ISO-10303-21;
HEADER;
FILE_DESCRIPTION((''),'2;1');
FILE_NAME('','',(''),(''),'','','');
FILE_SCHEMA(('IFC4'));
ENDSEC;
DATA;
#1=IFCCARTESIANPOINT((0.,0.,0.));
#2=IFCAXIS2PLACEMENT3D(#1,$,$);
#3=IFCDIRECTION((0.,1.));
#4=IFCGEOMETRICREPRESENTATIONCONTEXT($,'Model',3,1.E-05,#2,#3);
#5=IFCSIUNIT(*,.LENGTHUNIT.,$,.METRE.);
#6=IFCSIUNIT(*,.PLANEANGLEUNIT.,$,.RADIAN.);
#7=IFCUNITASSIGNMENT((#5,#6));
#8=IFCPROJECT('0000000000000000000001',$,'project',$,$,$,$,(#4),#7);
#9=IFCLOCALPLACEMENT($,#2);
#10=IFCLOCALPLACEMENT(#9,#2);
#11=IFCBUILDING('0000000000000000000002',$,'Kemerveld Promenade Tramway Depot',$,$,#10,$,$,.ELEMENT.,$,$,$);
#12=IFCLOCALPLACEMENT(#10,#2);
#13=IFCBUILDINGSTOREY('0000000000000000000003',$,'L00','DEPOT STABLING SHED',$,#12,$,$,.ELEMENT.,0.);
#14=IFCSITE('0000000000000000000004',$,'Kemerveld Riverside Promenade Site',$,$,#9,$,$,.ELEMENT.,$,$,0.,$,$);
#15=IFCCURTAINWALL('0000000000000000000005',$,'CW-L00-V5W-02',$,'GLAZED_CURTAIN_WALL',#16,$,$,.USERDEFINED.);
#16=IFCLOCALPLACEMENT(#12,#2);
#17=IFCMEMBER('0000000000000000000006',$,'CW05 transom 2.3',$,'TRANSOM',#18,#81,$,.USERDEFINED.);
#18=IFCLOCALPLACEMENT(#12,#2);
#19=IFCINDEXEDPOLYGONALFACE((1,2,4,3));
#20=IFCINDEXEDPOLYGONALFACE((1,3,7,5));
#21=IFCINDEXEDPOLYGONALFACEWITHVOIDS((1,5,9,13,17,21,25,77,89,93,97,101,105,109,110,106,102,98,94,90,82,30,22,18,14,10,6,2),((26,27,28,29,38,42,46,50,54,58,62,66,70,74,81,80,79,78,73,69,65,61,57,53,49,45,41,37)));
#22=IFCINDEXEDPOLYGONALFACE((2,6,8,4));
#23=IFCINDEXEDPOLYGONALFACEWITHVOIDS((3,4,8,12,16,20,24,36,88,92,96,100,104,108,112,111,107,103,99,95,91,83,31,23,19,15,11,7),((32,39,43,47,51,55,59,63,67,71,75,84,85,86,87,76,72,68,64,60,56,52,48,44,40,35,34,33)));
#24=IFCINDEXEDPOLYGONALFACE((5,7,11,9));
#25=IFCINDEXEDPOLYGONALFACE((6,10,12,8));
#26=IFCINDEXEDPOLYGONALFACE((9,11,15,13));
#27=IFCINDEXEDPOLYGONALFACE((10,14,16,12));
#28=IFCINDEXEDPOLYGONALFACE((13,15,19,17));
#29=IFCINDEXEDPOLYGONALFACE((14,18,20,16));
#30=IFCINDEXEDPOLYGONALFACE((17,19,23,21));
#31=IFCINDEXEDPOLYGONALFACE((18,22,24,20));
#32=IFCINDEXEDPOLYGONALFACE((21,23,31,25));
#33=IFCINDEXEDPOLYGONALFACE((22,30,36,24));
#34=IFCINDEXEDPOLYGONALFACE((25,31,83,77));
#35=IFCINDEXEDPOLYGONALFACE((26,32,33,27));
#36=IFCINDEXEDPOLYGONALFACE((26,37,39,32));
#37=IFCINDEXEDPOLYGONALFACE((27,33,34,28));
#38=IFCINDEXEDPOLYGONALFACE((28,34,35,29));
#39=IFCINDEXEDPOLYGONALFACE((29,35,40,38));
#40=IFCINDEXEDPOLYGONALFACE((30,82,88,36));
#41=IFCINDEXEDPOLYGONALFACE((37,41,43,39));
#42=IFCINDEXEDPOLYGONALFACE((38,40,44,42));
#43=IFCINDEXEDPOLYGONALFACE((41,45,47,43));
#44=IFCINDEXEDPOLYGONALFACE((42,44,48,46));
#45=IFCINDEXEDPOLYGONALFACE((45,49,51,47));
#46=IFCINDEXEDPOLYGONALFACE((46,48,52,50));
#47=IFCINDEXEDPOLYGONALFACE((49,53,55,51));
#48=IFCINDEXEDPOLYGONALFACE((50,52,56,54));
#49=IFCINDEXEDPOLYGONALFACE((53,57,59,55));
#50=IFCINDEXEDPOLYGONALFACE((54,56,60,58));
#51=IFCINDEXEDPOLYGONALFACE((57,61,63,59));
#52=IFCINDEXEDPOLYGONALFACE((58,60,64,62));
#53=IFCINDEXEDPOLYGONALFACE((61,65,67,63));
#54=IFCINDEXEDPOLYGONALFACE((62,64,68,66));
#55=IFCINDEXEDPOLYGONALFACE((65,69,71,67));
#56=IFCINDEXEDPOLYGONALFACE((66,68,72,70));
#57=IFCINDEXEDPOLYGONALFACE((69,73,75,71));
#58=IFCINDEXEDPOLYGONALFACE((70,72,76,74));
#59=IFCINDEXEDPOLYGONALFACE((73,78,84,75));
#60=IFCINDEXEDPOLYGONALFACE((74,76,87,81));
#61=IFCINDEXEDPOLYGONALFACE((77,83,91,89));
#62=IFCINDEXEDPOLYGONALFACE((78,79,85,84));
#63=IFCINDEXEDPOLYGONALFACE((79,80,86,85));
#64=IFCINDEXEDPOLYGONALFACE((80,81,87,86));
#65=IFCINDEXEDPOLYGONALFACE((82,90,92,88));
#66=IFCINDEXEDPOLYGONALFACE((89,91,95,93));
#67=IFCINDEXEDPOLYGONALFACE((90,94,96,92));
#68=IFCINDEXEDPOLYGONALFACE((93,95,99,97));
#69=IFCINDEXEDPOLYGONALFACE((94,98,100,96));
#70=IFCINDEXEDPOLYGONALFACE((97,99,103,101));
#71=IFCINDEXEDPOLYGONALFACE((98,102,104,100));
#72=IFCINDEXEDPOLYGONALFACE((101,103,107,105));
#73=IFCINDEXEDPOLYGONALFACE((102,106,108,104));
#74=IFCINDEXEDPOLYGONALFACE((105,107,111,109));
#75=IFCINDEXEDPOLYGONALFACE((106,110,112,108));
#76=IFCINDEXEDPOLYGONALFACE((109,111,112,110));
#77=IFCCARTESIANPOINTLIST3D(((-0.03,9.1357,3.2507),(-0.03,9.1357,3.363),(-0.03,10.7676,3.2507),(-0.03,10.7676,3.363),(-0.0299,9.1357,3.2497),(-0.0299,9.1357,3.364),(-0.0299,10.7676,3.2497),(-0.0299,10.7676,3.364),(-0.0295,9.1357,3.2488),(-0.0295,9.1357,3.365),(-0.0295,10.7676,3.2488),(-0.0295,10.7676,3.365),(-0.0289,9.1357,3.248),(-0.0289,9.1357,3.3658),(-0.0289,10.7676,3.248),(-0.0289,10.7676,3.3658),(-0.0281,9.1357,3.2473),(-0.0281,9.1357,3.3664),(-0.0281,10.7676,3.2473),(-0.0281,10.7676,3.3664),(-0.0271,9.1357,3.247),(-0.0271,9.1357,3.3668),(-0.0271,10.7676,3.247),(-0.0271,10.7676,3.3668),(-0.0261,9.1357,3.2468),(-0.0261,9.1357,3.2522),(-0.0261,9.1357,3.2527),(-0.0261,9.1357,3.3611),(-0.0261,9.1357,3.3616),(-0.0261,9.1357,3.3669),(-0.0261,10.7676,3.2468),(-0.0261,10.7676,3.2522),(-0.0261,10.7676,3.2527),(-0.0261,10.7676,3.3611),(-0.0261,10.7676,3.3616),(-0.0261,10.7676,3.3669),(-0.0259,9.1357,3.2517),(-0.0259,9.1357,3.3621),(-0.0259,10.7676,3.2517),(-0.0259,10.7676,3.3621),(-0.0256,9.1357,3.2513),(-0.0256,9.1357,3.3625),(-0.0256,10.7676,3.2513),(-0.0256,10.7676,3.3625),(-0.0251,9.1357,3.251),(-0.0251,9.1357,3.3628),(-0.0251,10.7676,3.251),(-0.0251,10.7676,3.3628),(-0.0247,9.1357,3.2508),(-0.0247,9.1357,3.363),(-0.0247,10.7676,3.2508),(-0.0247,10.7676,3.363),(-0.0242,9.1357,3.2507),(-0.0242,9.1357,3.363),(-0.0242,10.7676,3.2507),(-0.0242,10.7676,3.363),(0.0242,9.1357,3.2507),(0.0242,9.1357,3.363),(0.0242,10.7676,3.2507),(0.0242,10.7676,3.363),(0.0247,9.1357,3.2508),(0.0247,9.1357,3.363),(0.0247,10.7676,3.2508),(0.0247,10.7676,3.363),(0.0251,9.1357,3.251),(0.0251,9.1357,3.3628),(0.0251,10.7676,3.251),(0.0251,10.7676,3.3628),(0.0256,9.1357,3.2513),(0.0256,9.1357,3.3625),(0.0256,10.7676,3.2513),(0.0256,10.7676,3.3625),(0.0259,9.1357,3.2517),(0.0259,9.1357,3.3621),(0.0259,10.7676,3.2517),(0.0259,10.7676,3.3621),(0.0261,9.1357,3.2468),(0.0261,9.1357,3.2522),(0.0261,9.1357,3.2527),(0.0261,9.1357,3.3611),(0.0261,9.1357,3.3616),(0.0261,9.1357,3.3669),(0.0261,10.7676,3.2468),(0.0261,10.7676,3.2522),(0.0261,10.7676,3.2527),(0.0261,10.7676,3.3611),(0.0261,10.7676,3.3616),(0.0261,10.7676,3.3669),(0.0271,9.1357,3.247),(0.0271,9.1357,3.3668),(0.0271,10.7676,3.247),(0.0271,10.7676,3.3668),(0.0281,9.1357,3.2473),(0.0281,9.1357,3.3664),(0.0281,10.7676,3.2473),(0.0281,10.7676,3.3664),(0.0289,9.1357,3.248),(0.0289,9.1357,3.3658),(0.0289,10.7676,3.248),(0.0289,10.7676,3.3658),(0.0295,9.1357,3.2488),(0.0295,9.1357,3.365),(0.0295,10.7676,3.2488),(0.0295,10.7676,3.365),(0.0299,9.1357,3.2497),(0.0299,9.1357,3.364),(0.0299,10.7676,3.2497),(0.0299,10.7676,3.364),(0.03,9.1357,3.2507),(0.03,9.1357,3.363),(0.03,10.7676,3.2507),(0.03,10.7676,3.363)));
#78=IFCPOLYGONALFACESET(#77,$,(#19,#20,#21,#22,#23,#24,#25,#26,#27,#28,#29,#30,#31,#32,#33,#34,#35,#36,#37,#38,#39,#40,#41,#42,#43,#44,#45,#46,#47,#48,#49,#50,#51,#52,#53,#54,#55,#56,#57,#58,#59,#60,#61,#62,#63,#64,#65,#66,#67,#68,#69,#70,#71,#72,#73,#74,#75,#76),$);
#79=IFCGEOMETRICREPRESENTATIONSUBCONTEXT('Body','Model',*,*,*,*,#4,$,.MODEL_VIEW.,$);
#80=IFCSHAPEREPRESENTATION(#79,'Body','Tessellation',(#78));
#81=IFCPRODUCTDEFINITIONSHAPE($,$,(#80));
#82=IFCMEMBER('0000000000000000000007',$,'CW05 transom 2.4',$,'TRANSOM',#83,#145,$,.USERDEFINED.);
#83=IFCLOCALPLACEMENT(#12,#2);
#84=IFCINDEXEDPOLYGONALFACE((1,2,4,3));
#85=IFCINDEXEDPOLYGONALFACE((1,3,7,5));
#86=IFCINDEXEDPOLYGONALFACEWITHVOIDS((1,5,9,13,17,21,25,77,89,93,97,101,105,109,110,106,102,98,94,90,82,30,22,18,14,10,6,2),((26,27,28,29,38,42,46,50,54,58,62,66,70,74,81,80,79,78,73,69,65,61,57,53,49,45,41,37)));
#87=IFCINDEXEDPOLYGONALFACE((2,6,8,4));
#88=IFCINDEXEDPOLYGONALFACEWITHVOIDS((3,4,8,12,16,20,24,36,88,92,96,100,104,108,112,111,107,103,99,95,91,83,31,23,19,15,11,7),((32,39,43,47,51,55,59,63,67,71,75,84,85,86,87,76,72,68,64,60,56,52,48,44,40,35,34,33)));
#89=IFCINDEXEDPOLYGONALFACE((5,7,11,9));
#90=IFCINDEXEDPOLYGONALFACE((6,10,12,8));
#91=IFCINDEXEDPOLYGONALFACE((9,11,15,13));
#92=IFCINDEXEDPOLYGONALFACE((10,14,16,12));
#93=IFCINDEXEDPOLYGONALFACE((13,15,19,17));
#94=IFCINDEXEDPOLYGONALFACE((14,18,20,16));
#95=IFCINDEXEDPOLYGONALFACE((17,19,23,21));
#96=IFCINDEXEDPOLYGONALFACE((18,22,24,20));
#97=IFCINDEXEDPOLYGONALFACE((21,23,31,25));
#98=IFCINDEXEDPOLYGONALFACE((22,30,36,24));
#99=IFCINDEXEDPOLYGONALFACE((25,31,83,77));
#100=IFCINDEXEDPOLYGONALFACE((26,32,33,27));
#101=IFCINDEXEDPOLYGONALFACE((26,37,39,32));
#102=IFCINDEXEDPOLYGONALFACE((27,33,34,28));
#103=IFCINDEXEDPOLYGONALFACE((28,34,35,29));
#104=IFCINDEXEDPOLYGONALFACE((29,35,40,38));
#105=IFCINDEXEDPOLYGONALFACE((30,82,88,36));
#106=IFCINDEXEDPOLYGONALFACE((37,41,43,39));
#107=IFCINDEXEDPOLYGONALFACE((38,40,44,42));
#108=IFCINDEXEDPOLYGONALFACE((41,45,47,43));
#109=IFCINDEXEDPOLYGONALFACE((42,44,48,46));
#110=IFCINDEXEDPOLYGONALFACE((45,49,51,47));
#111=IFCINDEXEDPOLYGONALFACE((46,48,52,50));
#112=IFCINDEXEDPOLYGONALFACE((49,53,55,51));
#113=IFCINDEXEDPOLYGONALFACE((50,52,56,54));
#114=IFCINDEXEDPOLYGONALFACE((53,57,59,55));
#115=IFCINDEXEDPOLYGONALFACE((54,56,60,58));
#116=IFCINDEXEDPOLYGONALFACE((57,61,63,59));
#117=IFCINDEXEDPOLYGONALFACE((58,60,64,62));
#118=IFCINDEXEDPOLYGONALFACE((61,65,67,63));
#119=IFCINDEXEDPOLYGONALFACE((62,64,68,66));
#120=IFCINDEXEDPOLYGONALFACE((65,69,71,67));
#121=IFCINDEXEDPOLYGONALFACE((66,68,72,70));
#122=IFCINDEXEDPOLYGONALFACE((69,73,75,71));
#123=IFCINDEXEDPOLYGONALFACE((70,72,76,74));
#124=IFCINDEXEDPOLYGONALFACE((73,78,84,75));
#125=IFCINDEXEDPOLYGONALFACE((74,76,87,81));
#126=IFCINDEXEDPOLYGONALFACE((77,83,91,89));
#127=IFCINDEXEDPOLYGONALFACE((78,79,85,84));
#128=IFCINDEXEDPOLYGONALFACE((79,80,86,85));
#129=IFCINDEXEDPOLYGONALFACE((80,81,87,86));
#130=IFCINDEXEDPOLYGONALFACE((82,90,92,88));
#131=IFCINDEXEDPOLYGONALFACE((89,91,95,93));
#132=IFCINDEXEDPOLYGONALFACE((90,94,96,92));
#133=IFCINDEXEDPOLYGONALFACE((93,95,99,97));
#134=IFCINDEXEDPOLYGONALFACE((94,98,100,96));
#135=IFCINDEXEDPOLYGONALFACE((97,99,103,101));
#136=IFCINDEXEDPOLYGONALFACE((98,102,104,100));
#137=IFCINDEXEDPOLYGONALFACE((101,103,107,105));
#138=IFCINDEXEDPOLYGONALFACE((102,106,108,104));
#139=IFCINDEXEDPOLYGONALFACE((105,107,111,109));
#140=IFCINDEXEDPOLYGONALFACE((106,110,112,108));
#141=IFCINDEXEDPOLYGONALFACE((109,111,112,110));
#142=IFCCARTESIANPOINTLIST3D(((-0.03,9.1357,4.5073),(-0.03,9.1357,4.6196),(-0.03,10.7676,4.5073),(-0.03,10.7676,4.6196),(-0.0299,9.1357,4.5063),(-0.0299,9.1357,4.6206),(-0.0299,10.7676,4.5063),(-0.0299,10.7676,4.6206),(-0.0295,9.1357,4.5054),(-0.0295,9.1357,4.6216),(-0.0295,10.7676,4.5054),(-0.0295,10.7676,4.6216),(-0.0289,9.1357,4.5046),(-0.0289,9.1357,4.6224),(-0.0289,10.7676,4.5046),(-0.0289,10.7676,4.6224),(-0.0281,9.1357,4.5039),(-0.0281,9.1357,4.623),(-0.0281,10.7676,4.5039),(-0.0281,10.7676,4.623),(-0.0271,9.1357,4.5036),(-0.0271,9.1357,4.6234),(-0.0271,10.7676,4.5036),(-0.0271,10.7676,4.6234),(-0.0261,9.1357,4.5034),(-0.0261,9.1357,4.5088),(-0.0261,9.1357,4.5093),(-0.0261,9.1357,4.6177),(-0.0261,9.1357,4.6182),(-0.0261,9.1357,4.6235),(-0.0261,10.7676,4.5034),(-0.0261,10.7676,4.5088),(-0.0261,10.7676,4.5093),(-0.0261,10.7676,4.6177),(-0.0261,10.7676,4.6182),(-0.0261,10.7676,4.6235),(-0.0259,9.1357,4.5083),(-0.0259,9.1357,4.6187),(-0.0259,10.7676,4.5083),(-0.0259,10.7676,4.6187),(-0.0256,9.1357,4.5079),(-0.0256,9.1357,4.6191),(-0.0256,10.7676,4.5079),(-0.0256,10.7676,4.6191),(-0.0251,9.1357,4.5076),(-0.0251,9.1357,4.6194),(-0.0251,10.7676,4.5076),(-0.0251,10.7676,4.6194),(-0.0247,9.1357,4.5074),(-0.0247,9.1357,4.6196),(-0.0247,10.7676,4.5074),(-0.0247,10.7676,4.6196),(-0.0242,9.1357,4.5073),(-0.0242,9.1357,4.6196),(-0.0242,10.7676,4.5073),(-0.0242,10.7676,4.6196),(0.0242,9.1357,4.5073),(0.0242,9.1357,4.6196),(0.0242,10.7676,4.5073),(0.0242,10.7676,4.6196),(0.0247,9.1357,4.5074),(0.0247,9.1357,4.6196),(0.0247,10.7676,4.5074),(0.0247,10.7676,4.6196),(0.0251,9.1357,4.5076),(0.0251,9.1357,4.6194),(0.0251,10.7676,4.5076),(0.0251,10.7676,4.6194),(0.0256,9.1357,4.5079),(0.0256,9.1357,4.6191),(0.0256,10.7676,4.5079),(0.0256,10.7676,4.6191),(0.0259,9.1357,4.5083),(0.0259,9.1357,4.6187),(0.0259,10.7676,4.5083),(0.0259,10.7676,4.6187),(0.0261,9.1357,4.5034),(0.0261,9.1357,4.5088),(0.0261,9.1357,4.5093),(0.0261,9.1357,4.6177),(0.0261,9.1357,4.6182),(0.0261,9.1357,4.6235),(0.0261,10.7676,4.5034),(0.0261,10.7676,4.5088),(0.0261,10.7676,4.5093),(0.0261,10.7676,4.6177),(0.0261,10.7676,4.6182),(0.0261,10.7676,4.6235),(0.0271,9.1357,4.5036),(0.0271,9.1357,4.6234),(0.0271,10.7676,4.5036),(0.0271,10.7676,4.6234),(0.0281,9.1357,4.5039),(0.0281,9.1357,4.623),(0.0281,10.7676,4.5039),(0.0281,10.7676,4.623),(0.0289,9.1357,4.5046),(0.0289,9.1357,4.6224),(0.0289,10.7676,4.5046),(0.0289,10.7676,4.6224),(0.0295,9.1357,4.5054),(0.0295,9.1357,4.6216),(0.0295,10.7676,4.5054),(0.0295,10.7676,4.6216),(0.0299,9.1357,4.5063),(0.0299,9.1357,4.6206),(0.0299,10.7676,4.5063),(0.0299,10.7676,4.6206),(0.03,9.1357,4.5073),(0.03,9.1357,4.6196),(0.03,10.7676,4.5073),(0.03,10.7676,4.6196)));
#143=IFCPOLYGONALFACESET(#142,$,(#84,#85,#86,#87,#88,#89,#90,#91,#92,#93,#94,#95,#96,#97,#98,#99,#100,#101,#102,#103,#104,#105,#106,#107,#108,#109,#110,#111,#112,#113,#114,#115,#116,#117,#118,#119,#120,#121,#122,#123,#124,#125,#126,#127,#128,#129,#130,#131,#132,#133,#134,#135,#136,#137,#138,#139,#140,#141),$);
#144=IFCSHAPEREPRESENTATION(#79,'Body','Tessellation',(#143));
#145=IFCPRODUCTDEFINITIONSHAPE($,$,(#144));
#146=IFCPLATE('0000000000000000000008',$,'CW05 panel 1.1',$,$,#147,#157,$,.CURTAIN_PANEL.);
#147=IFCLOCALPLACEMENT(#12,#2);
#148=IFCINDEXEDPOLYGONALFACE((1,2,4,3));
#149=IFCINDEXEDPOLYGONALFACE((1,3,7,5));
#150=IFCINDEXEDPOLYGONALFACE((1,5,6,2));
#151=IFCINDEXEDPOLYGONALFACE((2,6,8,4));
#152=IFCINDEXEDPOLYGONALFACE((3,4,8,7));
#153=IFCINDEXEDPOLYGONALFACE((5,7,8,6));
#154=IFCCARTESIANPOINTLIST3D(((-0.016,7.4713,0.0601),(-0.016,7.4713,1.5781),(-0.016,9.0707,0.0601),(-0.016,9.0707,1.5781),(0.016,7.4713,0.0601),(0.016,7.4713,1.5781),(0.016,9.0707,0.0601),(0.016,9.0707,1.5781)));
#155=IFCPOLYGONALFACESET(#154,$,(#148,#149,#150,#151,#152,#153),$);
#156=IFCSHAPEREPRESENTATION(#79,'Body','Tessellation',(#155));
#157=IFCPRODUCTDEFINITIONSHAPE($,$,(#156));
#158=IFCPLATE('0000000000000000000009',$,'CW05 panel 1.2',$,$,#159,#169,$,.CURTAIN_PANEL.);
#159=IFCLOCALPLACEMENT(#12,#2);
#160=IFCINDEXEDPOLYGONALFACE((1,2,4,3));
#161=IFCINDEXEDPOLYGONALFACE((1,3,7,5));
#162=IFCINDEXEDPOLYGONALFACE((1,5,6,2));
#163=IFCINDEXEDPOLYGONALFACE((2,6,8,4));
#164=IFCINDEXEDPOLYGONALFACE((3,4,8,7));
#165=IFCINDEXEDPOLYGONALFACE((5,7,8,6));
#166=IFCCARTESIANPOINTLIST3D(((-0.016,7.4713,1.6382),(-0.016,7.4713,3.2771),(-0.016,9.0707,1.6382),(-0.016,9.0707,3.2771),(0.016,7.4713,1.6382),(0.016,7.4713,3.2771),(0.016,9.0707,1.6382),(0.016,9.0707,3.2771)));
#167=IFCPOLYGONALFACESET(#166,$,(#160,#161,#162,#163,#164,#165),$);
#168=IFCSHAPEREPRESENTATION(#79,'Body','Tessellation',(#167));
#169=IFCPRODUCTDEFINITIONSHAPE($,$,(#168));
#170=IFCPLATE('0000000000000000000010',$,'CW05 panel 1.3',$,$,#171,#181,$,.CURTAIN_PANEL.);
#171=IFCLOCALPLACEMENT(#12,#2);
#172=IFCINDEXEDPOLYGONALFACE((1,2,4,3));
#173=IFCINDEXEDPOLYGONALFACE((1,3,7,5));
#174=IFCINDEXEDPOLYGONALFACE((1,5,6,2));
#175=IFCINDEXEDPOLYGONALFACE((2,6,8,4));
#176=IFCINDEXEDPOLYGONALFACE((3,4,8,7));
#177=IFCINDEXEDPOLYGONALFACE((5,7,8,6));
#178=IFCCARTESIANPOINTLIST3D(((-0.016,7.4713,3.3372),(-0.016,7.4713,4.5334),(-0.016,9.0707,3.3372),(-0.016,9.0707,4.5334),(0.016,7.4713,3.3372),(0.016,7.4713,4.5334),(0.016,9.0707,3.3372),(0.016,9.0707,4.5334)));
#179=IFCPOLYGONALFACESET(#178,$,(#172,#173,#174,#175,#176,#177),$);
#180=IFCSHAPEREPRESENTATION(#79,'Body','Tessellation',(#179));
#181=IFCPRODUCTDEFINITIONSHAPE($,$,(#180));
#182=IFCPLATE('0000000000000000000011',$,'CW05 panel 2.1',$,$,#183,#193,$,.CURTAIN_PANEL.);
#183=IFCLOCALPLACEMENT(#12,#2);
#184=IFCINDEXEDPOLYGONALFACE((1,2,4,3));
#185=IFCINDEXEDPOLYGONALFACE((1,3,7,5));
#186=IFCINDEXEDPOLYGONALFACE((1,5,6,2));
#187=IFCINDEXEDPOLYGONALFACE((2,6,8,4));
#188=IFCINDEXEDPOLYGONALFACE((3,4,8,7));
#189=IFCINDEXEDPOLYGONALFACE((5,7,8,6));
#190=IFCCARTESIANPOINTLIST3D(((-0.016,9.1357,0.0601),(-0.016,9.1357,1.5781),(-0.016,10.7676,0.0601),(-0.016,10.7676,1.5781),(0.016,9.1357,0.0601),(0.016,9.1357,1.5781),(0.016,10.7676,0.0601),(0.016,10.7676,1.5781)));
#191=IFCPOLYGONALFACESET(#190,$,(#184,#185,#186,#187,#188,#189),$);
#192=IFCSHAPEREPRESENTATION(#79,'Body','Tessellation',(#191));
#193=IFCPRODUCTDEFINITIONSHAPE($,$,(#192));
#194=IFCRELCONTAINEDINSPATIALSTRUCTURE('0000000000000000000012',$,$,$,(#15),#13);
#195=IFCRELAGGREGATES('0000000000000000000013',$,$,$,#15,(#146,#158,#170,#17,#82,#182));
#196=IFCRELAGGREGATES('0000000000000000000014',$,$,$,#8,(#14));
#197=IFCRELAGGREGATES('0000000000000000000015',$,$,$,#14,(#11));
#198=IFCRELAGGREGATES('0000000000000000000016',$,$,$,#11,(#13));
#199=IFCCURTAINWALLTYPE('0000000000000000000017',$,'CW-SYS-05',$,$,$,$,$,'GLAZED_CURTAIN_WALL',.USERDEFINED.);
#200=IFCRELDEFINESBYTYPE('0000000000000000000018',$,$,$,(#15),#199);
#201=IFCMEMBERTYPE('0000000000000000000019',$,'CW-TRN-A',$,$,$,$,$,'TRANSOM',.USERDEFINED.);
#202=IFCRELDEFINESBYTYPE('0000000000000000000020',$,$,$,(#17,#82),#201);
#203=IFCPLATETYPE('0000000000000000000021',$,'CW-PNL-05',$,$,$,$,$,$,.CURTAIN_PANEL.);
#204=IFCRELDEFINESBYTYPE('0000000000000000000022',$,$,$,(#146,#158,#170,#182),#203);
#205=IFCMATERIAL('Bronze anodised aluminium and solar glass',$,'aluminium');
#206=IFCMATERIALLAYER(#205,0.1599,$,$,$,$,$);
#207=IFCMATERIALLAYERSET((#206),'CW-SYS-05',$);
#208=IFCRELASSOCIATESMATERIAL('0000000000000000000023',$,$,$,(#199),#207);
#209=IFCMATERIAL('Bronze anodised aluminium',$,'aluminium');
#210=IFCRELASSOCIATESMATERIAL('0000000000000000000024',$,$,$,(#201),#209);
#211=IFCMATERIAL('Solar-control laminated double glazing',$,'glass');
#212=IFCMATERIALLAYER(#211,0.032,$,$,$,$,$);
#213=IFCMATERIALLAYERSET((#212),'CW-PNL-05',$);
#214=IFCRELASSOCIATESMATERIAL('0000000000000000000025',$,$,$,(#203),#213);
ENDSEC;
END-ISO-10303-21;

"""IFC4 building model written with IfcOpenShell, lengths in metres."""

from ifc_helpers import new_model, si_unit, direction, frame, origin, origin_2d, place, context, subcontext, project, spatial, rectangle, hollow_rectangle, extrude, material, layer, layer_set, material_profile, profile_set, type_object, element, aggregate, save


model = new_model("IFC4")

# Units and contexts
model_context = context("Model", 3, precision=1e-05, world=origin(), true_north=direction((0.0, 1.0)))
body_context = subcontext(model_context, "Body", "Model", "MODEL_VIEW")
ifc_project = project(units=[si_unit("LENGTHUNIT", "METRE"), si_unit("PLANEANGLEUNIT", "RADIAN")], contexts=[model_context])

# Site, building, storey
site_placement = place(None, origin())
site = spatial("IfcSite", under=ifc_project, at=site_placement, Name="Kemerveld Riverside Promenade Site", CompositionType="ELEMENT", RefElevation=0.0)
building_placement = place(site_placement, origin())
building = spatial("IfcBuilding", under=site, at=building_placement, Name="Kemerveld Promenade Tramway Depot", CompositionType="ELEMENT")
storey_placement = place(building_placement, origin())
storey = spatial("IfcBuildingStorey", under=building, at=storey_placement, Name="L00", Description="DEPOT STABLING SHED", CompositionType="ELEMENT", Elevation=0.0)

# Curtain wall, members, plates
ifc_material_1 = material(Name="Bronze anodised aluminium and solar glass", Category="aluminium")
ifc_layer_1 = layer(ifc_material_1, 0.1599)
ifc_layer_set_1 = layer_set([ifc_layer_1], Name="CW-SYS-05")
curtain_wall_type = type_object("IfcCurtainWallType", Name="CW-SYS-05", ElementType="GLAZED_CURTAIN_WALL", PredefinedType="USERDEFINED", material=ifc_layer_set_1)
curtain_wall_placement = place(storey_placement, origin())
curtain_wall = element("IfcCurtainWall", 1, at=curtain_wall_placement, inside=storey, type_object=curtain_wall_type, Name="CW-L00-V5W-02", ObjectType="GLAZED_CURTAIN_WALL", PredefinedType="USERDEFINED")
ifc_material_2 = material(Name="Bronze anodised aluminium", Category="aluminium")
ifc_material_profile_1 = material_profile(ifc_material_2, hollow_rectangle(XDim=0.0601, YDim=0.1201, WallThickness=0.0039, InnerFilletRadius=0.002, OuterFilletRadius=0.0039, at=origin_2d()), Name="CW-TRN-120x60")
ifc_profile_set_1 = profile_set([ifc_material_profile_1], Name="Bronze anodised aluminium")
member_type_1 = type_object("IfcMemberType", Name="CW-TRN-A", ElementType="TRANSOM", PredefinedType="USERDEFINED", material=ifc_profile_set_1)
member_1_placement = place(storey_placement, frame((0.0, 9.1357, 3.3069), z_axis=(0.0, 1.0, 0.0), x_axis=(-1.0, 0.0, 0.0)))
member_1 = element("IfcMember", 2, at=member_1_placement, type_object=member_type_1, Name="CW05 transom 2.3", ObjectType="TRANSOM", PredefinedType="USERDEFINED", context=body_context, shape_type="SweptSolid", body=[
    extrude(hollow_rectangle(XDim=0.0601, YDim=0.1201, WallThickness=0.0039, InnerFilletRadius=0.002, OuterFilletRadius=0.0039, at=origin_2d()), origin(), (0.0, 0.0, 1.0), 1.6318),
])
member_2_placement = place(storey_placement, frame((0.0, 9.1357, 4.5635), z_axis=(0.0, 1.0, 0.0), x_axis=(-1.0, 0.0, 0.0)))
member_2 = element("IfcMember", 3, at=member_2_placement, type_object=member_type_1, Name="CW05 transom 2.4", ObjectType="TRANSOM", PredefinedType="USERDEFINED", context=body_context, shape_type="SweptSolid", body=[
    extrude(hollow_rectangle(XDim=0.0601, YDim=0.1201, WallThickness=0.0039, InnerFilletRadius=0.002, OuterFilletRadius=0.0039, at=origin_2d()), origin(), (0.0, 0.0, 1.0), 1.6318),
])
ifc_material_3 = material(Name="Solar-control laminated double glazing", Category="glass")
ifc_layer_2 = layer(ifc_material_3, 0.032)
ifc_layer_set_2 = layer_set([ifc_layer_2], Name="CW-PNL-05")
plate_type = type_object("IfcPlateType", Name="CW-PNL-05", PredefinedType="CURTAIN_PANEL", material=ifc_layer_set_2)
plate_1_placement = place(storey_placement, frame((0.0, 8.271, 0.0601), z_axis=(0.0, 0.0, 1.0), x_axis=(0.0, 1.0, 0.0)))
plate_1 = element("IfcPlate", 4, at=plate_1_placement, type_object=plate_type, Name="CW05 panel 1.1", PredefinedType="CURTAIN_PANEL", context=body_context, shape_type="SweptSolid", body=[
    extrude(rectangle(XDim=1.5994, YDim=0.032, at=origin_2d()), origin(), (0.0, 0.0, 1.0), 1.5181),
])
plate_2_placement = place(storey_placement, frame((0.0, 8.271, 1.6382), z_axis=(0.0, 0.0, 1.0), x_axis=(0.0, 1.0, 0.0)))
plate_2 = element("IfcPlate", 5, at=plate_2_placement, type_object=plate_type, Name="CW05 panel 1.2", PredefinedType="CURTAIN_PANEL", context=body_context, shape_type="SweptSolid", body=[
    extrude(rectangle(XDim=1.5994, YDim=0.032, at=origin_2d()), origin(), (0.0, 0.0, 1.0), 1.6389),
])
plate_3_placement = place(storey_placement, frame((0.0, 8.271, 3.3372), z_axis=(0.0, 0.0, 1.0), x_axis=(0.0, 1.0, 0.0)))
plate_3 = element("IfcPlate", 6, at=plate_3_placement, type_object=plate_type, Name="CW05 panel 1.3", PredefinedType="CURTAIN_PANEL", context=body_context, shape_type="SweptSolid", body=[
    extrude(rectangle(XDim=1.5994, YDim=0.032, at=origin_2d()), origin(), (0.0, 0.0, 1.0), 1.1963),
])
plate_4_placement = place(storey_placement, frame((0.0, 9.9517, 0.0601), z_axis=(0.0, 0.0, 1.0), x_axis=(0.0, 1.0, 0.0)))
plate_4 = element("IfcPlate", 7, at=plate_4_placement, type_object=plate_type, Name="CW05 panel 2.1", PredefinedType="CURTAIN_PANEL", context=body_context, shape_type="SweptSolid", body=[
    extrude(rectangle(XDim=1.6318, YDim=0.032, at=origin_2d()), origin(), (0.0, 0.0, 1.0), 1.5181),
])
aggregate(curtain_wall, [plate_1, plate_2, plate_3, member_1, member_2, plate_4])

save(model, "model.ifc")
